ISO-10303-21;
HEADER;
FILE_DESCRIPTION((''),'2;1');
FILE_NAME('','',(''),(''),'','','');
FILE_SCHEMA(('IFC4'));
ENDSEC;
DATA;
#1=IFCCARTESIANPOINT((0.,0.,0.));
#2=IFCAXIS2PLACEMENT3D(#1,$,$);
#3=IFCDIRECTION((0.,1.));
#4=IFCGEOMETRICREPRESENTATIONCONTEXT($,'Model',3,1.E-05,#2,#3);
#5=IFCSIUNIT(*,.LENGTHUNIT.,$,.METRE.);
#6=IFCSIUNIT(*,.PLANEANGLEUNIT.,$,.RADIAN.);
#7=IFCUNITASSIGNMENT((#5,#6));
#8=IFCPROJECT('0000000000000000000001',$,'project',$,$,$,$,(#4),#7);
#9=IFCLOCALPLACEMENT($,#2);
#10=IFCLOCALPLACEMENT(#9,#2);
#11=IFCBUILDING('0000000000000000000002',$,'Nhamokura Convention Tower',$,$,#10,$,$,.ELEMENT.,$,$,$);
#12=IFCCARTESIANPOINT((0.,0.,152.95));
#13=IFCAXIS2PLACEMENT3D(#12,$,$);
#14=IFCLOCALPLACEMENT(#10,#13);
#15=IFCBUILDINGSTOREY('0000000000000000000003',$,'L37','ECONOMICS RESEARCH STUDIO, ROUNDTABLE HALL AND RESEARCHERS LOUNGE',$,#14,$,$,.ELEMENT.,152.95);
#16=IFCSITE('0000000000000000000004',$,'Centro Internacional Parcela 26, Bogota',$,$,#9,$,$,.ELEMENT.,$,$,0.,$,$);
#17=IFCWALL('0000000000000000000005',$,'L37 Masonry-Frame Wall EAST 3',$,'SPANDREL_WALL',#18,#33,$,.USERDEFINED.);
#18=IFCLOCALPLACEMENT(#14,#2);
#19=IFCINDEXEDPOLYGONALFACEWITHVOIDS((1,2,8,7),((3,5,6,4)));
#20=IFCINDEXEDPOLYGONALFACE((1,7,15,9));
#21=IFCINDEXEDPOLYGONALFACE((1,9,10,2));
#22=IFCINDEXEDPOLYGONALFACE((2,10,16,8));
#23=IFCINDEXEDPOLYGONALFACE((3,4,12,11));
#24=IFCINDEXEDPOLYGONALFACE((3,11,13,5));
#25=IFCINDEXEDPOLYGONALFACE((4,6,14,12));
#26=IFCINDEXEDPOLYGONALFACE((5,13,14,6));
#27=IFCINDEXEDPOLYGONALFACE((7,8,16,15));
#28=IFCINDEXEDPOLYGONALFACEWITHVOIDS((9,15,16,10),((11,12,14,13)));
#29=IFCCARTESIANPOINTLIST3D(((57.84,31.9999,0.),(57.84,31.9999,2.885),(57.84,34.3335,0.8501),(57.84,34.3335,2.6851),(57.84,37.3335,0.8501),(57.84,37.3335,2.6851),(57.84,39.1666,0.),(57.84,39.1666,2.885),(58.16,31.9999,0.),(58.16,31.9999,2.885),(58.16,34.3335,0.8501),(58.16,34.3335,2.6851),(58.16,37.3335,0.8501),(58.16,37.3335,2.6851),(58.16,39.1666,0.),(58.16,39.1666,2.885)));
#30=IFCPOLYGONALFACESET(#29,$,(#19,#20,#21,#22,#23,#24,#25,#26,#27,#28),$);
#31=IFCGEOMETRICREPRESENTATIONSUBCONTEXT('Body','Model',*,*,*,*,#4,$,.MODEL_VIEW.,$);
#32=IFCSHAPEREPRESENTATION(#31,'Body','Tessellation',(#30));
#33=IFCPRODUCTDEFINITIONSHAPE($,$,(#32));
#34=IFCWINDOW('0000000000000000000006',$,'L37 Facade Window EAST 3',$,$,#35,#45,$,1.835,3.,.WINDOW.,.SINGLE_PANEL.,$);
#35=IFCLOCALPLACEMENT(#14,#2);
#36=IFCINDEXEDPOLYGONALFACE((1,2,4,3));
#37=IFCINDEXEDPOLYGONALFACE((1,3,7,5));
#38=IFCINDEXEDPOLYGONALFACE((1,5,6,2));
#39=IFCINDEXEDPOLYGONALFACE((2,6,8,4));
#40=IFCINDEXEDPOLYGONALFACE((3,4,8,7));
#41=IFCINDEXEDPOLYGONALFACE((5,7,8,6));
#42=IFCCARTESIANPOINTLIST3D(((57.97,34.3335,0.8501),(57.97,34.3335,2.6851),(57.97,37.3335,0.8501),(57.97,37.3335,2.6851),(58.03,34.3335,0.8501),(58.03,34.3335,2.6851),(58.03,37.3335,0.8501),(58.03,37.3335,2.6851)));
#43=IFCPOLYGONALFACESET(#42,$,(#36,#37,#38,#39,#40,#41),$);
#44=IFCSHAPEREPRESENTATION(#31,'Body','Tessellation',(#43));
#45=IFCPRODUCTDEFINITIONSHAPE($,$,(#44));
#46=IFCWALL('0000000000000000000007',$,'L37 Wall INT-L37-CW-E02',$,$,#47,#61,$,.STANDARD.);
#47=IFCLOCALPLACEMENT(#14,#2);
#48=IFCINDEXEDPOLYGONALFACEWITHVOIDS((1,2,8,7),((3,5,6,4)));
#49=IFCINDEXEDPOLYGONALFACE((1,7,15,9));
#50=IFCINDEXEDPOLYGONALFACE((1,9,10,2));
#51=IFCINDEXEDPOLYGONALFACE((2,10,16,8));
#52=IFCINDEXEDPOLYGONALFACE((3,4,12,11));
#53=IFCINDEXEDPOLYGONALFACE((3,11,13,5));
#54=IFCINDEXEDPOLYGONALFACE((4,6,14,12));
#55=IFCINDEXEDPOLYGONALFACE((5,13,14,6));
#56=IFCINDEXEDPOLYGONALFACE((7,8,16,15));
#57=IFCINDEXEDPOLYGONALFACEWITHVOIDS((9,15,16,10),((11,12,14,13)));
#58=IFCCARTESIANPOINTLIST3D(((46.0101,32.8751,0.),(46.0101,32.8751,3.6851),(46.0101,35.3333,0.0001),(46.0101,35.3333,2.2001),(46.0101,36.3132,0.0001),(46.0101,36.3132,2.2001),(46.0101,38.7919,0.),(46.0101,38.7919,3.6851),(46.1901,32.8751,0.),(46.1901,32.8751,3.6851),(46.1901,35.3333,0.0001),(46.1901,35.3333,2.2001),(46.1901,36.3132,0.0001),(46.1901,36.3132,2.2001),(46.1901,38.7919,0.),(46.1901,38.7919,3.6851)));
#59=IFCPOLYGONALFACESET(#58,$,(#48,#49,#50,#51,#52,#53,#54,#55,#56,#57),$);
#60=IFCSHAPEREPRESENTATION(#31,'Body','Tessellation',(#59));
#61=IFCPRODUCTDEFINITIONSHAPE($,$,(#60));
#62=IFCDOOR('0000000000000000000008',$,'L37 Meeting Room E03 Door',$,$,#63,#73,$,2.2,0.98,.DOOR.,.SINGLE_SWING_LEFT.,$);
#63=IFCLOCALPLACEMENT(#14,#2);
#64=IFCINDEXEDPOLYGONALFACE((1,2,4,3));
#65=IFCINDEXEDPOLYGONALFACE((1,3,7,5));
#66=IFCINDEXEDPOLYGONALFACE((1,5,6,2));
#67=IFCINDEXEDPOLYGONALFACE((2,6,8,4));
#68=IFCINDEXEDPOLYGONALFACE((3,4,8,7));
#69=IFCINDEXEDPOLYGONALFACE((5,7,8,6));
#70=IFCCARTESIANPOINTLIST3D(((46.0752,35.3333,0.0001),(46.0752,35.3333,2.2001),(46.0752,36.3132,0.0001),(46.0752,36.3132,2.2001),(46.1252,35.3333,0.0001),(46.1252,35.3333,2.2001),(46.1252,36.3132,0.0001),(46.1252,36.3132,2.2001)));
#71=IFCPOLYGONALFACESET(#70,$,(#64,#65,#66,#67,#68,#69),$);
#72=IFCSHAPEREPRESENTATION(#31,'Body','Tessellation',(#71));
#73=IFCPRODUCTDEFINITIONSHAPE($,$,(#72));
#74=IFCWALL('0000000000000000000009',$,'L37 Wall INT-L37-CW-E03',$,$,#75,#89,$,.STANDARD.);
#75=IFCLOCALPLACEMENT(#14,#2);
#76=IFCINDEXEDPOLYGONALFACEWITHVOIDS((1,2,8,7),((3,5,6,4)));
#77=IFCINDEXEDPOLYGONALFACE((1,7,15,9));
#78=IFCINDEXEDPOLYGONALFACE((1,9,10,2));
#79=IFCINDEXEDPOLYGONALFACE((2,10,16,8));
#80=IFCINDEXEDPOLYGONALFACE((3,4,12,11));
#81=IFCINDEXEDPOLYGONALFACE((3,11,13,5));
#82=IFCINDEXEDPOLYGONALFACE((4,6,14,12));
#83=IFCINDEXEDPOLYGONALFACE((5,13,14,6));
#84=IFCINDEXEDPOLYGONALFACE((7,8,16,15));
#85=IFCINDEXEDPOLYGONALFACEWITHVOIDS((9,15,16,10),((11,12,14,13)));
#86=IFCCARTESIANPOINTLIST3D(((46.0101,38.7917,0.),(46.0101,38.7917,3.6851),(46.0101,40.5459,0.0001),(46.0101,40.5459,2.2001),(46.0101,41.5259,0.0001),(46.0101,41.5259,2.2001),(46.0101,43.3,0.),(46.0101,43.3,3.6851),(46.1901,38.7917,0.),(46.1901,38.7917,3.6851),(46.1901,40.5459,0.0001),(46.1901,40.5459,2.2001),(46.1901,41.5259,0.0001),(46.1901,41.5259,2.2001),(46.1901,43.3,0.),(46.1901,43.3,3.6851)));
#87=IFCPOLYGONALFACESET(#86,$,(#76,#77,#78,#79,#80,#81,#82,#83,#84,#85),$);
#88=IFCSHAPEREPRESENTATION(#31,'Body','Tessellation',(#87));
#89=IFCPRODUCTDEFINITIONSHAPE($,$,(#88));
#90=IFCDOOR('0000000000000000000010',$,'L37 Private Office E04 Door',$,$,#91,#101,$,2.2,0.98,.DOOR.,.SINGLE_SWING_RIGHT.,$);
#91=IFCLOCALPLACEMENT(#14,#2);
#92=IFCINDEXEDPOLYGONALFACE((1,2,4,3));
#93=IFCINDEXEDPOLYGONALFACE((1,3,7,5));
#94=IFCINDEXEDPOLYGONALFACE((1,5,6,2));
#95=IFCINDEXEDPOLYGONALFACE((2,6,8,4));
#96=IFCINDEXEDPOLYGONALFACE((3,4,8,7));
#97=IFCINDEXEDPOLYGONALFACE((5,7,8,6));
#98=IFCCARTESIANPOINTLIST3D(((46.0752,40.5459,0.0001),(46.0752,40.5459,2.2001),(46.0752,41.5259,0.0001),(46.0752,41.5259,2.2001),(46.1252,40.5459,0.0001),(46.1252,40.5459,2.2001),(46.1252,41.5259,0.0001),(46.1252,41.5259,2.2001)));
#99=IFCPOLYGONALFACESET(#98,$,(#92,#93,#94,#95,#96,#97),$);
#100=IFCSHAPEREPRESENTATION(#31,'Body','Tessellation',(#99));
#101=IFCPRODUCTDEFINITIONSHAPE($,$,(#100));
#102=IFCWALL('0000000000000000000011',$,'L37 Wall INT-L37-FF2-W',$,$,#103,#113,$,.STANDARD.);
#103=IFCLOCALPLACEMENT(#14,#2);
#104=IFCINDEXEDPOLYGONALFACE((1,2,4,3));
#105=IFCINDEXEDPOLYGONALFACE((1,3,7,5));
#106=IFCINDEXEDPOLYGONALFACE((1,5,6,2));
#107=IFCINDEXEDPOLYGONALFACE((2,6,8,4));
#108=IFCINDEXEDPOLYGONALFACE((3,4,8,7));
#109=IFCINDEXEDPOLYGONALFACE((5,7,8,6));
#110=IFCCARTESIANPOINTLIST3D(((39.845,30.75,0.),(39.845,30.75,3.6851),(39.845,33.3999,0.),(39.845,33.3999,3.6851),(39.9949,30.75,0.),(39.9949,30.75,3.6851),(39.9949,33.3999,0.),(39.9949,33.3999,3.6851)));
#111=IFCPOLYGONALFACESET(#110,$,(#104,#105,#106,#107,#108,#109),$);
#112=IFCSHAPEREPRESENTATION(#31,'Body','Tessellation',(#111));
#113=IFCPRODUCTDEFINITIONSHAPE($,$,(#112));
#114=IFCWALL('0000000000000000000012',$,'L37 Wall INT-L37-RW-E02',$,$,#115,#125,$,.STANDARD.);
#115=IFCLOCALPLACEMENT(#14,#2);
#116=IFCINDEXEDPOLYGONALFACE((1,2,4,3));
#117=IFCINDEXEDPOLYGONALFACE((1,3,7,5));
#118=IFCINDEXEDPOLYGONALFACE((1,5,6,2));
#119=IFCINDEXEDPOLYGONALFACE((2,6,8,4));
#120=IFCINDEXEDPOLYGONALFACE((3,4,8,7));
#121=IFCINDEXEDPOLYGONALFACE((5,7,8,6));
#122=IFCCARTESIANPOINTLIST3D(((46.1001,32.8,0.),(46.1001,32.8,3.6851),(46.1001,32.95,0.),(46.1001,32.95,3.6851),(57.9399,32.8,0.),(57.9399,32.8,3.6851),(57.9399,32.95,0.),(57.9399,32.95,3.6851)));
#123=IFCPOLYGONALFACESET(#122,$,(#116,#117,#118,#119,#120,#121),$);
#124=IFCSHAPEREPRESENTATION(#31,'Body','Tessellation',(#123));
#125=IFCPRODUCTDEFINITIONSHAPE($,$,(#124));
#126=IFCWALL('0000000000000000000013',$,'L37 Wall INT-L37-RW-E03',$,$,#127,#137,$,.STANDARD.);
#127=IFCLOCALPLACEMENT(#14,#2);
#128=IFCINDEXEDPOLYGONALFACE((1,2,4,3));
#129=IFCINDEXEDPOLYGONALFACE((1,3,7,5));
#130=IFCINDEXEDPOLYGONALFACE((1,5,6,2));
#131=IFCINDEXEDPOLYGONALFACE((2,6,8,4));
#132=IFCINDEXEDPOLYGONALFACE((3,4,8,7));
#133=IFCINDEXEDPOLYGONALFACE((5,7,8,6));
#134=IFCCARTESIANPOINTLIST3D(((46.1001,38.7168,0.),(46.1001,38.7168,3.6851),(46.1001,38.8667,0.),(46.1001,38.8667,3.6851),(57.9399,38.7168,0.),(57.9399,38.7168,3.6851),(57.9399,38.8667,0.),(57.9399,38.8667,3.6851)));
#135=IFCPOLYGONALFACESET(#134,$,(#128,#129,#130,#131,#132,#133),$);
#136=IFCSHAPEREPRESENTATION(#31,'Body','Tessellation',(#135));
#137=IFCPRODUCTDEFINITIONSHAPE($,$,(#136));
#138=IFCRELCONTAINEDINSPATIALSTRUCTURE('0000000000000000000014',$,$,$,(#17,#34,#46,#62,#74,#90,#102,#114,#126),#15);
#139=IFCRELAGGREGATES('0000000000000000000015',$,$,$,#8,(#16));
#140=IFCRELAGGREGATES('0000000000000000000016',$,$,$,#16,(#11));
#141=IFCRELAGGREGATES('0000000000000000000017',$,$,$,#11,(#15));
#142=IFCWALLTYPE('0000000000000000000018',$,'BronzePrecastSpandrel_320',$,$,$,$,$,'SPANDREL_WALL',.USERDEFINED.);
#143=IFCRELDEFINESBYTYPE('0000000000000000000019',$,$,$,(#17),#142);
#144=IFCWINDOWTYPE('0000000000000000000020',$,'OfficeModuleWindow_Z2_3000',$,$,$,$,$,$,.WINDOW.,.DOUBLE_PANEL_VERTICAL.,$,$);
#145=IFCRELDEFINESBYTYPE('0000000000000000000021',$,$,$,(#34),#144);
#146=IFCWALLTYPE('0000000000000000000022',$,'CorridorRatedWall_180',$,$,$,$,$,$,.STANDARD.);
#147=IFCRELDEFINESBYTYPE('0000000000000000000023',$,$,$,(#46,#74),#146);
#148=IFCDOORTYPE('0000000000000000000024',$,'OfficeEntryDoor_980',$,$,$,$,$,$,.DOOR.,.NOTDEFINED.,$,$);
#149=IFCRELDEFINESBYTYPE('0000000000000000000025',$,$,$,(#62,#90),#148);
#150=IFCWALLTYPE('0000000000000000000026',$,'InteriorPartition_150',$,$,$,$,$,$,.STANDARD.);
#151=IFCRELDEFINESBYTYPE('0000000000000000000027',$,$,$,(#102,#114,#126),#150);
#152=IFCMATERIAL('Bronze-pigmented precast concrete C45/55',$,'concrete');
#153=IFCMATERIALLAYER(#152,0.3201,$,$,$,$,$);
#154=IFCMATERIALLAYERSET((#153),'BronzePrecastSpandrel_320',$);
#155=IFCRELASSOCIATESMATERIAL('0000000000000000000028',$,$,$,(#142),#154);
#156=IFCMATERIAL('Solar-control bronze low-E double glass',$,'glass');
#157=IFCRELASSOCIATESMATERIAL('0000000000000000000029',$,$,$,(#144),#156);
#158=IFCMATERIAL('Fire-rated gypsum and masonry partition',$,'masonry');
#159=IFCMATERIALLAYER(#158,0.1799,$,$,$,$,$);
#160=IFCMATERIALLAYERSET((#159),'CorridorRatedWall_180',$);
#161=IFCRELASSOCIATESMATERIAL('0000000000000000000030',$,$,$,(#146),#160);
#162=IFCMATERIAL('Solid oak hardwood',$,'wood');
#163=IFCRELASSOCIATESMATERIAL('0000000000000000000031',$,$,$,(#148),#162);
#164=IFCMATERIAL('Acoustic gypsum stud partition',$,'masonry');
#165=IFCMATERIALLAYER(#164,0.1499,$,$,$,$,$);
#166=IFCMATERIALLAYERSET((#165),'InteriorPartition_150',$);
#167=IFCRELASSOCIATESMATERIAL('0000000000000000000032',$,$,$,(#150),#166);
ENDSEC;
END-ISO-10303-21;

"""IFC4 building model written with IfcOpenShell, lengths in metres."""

from ifc_helpers import new_model, si_unit, direction, frame, frame_2d, origin, place, context, subcontext, project, spatial, rectangle, extrude, material, layer, layer_set, type_object, element, fill, save


model = new_model("IFC4")

# Units and contexts
model_context = context("Model", 3, precision=1e-05, world=origin(), true_north=direction((0.0, 1.0)))
body_context = subcontext(model_context, "Body", "Model", "MODEL_VIEW")
ifc_project = project(units=[si_unit("LENGTHUNIT", "METRE"), si_unit("PLANEANGLEUNIT", "RADIAN")], contexts=[model_context])

# Site, building, storey
site_placement = place(None, origin())
site = spatial("IfcSite", under=ifc_project, at=site_placement, Name="Centro Internacional Parcela 26, Bogota", CompositionType="ELEMENT", RefElevation=0.0)
building_placement = place(site_placement, origin())
building = spatial("IfcBuilding", under=site, at=building_placement, Name="Nhamokura Convention Tower", CompositionType="ELEMENT")
storey_placement = place(building_placement, frame((0.0, 0.0, 152.95)))
storey = spatial("IfcBuildingStorey", under=building, at=storey_placement, Name="L37", Description="ECONOMICS RESEARCH STUDIO, ROUNDTABLE HALL AND RESEARCHERS LOUNGE", CompositionType="ELEMENT", Elevation=152.95)

# Wall, opening, window
ifc_material_1 = material(Name="Bronze-pigmented precast concrete C45/55", Category="concrete")
ifc_layer_1 = layer(ifc_material_1, 0.3201)
ifc_layer_set_1 = layer_set([ifc_layer_1], Name="BronzePrecastSpandrel_320")
wall_type_1 = type_object("IfcWallType", Name="BronzePrecastSpandrel_320", ElementType="SPANDREL_WALL", PredefinedType="USERDEFINED", material=ifc_layer_set_1)
ifc_material_2 = material(Name="Solar-control bronze low-E double glass", Category="glass")
window_type = type_object("IfcWindowType", Name="OfficeModuleWindow_Z2_3000", PartitioningType="DOUBLE_PANEL_VERTICAL", PredefinedType="WINDOW", material=ifc_material_2)
wall_1_placement = place(storey_placement, frame((58.0, 39.1667, 0.0), z_axis=(0.0, 0.0, 1.0), x_axis=(0.0, -1.0, 0.0)))
wall_1 = element("IfcWall", 1, at=wall_1_placement, inside=storey, type_object=wall_type_1, Name="L37 Masonry-Frame Wall EAST 3", ObjectType="SPANDREL_WALL", PredefinedType="USERDEFINED", context=body_context, shape_type="SweptSolid", body=[
    extrude(rectangle(XDim=7.1667, YDim=0.3201, at=frame_2d((3.5835, 0.0))), origin(), (0.0, 0.0, 1.0), 2.885),
])
opening_1_placement = place(wall_1_placement, frame((1.8333, 0.0, 0.8501)))
opening_1 = element("IfcOpeningElement", 2, at=opening_1_placement, cuts=wall_1, PredefinedType="OPENING", context=body_context, shape_type="SweptSolid", body=[
    extrude(rectangle(XDim=3.0, YDim=1.835, at=frame_2d((1.5, 0.9175))), frame((0.0, 0.1699, 0.0), z_axis=(0.0, -1.0, 0.0), x_axis=(1.0, 0.0, 0.0)), (0.0, 0.0, 1.0), 0.3401),
])
window_1_placement = place(opening_1_placement, origin())
window_1 = element("IfcWindow", 3, at=window_1_placement, inside=storey, type_object=window_type, Name="L37 Facade Window EAST 3", OverallHeight=1.835, OverallWidth=3.0, PartitioningType="SINGLE_PANEL", PredefinedType="WINDOW", context=body_context, shape_type="SweptSolid", body=[
    extrude(rectangle(XDim=3.0, YDim=1.835, at=frame_2d((1.5, 0.9175))), frame((0.0, 0.03, 0.0), z_axis=(0.0, -1.0, 0.0), x_axis=(1.0, 0.0, 0.0)), (0.0, 0.0, 1.0), 0.0601),
])
fill(opening_1, window_1)

# Walls, openings, doors
ifc_material_3 = material(Name="Fire-rated gypsum and masonry partition", Category="masonry")
ifc_layer_2 = layer(ifc_material_3, 0.1799)
ifc_layer_set_2 = layer_set([ifc_layer_2], Name="CorridorRatedWall_180")
wall_type_2 = type_object("IfcWallType", Name="CorridorRatedWall_180", PredefinedType="STANDARD", material=ifc_layer_set_2)
wall_2_placement = place(storey_placement, frame((46.1001, 32.875, 0.0), z_axis=(0.0, 0.0, 1.0), x_axis=(0.0, 1.0, 0.0)))
wall_2 = element("IfcWall", 4, at=wall_2_placement, inside=storey, type_object=wall_type_2, Name="L37 Wall INT-L37-CW-E02", PredefinedType="STANDARD", context=body_context, shape_type="SweptSolid", body=[
    extrude(rectangle(XDim=5.9167, YDim=0.1799, at=frame_2d((2.9585, 0.0))), origin(), (0.0, 0.0, 1.0), 3.6851),
])
opening_2_placement = place(wall_2_placement, frame((2.4583, 0.0, 0.0)))
opening_2 = element("IfcOpeningElement", 5, at=opening_2_placement, cuts=wall_2, PredefinedType="OPENING", context=body_context, shape_type="SweptSolid", body=[
    extrude(rectangle(XDim=0.98, YDim=2.2, at=frame_2d((0.49, 1.1001))), frame((0.0, 0.0999, 0.0), z_axis=(0.0, -1.0, 0.0), x_axis=(1.0, 0.0, 0.0)), (0.0, 0.0, 1.0), 0.2),
])
ifc_material_4 = material(Name="Solid oak hardwood", Category="wood")
door_type = type_object("IfcDoorType", Name="OfficeEntryDoor_980", OperationType="NOTDEFINED", PredefinedType="DOOR", material=ifc_material_4)
door_1_placement = place(opening_2_placement, origin())
door_1 = element("IfcDoor", 6, at=door_1_placement, inside=storey, type_object=door_type, Name="L37 Meeting Room E03 Door", OperationType="SINGLE_SWING_LEFT", OverallHeight=2.2, OverallWidth=0.98, PredefinedType="DOOR", context=body_context, shape_type="SweptSolid", body=[
    extrude(rectangle(XDim=0.98, YDim=2.2, at=frame_2d((0.49, 1.1001))), frame((0.0, 0.0249, 0.0), z_axis=(0.0, -1.0, 0.0), x_axis=(1.0, 0.0, 0.0)), (0.0, 0.0, 1.0), 0.05),
])
fill(opening_2, door_1)
wall_3_placement = place(storey_placement, frame((46.1001, 38.7917, 0.0), z_axis=(0.0, 0.0, 1.0), x_axis=(0.0, 1.0, 0.0)))
wall_3 = element("IfcWall", 7, at=wall_3_placement, inside=storey, type_object=wall_type_2, Name="L37 Wall INT-L37-CW-E03", PredefinedType="STANDARD", context=body_context, shape_type="SweptSolid", body=[
    extrude(rectangle(XDim=4.5083, YDim=0.1799, at=frame_2d((2.2542, 0.0))), origin(), (0.0, 0.0, 1.0), 3.6851),
])
opening_3_placement = place(wall_3_placement, frame((1.7542, 0.0, 0.0)))
opening_3 = element("IfcOpeningElement", 8, at=opening_3_placement, cuts=wall_3, PredefinedType="OPENING", context=body_context, shape_type="SweptSolid", body=[
    extrude(rectangle(XDim=0.98, YDim=2.2, at=frame_2d((0.49, 1.1001))), frame((0.0, 0.0999, 0.0), z_axis=(0.0, -1.0, 0.0), x_axis=(1.0, 0.0, 0.0)), (0.0, 0.0, 1.0), 0.2),
])
door_2_placement = place(opening_3_placement, origin())
door_2 = element("IfcDoor", 9, at=door_2_placement, inside=storey, type_object=door_type, Name="L37 Private Office E04 Door", OperationType="SINGLE_SWING_RIGHT", OverallHeight=2.2, OverallWidth=0.98, PredefinedType="DOOR", context=body_context, shape_type="SweptSolid", body=[
    extrude(rectangle(XDim=0.98, YDim=2.2, at=frame_2d((0.49, 1.1001))), frame((0.0, 0.0249, 0.0), z_axis=(0.0, -1.0, 0.0), x_axis=(1.0, 0.0, 0.0)), (0.0, 0.0, 1.0), 0.05),
])
fill(opening_3, door_2)

# Walls
ifc_material_5 = material(Name="Acoustic gypsum stud partition", Category="masonry")
ifc_layer_3 = layer(ifc_material_5, 0.1499)
ifc_layer_set_3 = layer_set([ifc_layer_3], Name="InteriorPartition_150")
wall_type_3 = type_object("IfcWallType", Name="InteriorPartition_150", PredefinedType="STANDARD", material=ifc_layer_set_3)
wall_4_placement = place(storey_placement, frame((39.9199, 30.75, 0.0), z_axis=(0.0, 0.0, 1.0), x_axis=(0.0, 1.0, 0.0)))
element("IfcWall", 10, at=wall_4_placement, inside=storey, type_object=wall_type_3, Name="L37 Wall INT-L37-FF2-W", PredefinedType="STANDARD", context=body_context, shape_type="SweptSolid", body=[
    extrude(rectangle(XDim=2.6499, YDim=0.1499, at=frame_2d((1.325, 0.0))), origin(), (0.0, 0.0, 1.0), 3.6851),
])
for number, where, z_axis, x_axis, name in (
    (11, (46.1001, 32.875, 0.0), (0.0, 0.0, 1.0), (1.0, 0.0, 0.0), "L37 Wall INT-L37-RW-E02"),
    (12, (46.1001, 38.7917, 0.0), (0.0, 0.0, 1.0), (1.0, 0.0, 0.0), "L37 Wall INT-L37-RW-E03"),
):
    element("IfcWall", number, at=place(storey_placement, frame(where, z_axis=z_axis, x_axis=x_axis)), inside=storey, type_object=wall_type_3, Name=name, PredefinedType="STANDARD", context=body_context, shape_type="SweptSolid", body=[
        extrude(rectangle(XDim=11.8398, YDim=0.1499, at=frame_2d((5.9199, 0.0))), origin(), (0.0, 0.0, 1.0), 3.6851),
    ])

save(model, "model.ifc")
